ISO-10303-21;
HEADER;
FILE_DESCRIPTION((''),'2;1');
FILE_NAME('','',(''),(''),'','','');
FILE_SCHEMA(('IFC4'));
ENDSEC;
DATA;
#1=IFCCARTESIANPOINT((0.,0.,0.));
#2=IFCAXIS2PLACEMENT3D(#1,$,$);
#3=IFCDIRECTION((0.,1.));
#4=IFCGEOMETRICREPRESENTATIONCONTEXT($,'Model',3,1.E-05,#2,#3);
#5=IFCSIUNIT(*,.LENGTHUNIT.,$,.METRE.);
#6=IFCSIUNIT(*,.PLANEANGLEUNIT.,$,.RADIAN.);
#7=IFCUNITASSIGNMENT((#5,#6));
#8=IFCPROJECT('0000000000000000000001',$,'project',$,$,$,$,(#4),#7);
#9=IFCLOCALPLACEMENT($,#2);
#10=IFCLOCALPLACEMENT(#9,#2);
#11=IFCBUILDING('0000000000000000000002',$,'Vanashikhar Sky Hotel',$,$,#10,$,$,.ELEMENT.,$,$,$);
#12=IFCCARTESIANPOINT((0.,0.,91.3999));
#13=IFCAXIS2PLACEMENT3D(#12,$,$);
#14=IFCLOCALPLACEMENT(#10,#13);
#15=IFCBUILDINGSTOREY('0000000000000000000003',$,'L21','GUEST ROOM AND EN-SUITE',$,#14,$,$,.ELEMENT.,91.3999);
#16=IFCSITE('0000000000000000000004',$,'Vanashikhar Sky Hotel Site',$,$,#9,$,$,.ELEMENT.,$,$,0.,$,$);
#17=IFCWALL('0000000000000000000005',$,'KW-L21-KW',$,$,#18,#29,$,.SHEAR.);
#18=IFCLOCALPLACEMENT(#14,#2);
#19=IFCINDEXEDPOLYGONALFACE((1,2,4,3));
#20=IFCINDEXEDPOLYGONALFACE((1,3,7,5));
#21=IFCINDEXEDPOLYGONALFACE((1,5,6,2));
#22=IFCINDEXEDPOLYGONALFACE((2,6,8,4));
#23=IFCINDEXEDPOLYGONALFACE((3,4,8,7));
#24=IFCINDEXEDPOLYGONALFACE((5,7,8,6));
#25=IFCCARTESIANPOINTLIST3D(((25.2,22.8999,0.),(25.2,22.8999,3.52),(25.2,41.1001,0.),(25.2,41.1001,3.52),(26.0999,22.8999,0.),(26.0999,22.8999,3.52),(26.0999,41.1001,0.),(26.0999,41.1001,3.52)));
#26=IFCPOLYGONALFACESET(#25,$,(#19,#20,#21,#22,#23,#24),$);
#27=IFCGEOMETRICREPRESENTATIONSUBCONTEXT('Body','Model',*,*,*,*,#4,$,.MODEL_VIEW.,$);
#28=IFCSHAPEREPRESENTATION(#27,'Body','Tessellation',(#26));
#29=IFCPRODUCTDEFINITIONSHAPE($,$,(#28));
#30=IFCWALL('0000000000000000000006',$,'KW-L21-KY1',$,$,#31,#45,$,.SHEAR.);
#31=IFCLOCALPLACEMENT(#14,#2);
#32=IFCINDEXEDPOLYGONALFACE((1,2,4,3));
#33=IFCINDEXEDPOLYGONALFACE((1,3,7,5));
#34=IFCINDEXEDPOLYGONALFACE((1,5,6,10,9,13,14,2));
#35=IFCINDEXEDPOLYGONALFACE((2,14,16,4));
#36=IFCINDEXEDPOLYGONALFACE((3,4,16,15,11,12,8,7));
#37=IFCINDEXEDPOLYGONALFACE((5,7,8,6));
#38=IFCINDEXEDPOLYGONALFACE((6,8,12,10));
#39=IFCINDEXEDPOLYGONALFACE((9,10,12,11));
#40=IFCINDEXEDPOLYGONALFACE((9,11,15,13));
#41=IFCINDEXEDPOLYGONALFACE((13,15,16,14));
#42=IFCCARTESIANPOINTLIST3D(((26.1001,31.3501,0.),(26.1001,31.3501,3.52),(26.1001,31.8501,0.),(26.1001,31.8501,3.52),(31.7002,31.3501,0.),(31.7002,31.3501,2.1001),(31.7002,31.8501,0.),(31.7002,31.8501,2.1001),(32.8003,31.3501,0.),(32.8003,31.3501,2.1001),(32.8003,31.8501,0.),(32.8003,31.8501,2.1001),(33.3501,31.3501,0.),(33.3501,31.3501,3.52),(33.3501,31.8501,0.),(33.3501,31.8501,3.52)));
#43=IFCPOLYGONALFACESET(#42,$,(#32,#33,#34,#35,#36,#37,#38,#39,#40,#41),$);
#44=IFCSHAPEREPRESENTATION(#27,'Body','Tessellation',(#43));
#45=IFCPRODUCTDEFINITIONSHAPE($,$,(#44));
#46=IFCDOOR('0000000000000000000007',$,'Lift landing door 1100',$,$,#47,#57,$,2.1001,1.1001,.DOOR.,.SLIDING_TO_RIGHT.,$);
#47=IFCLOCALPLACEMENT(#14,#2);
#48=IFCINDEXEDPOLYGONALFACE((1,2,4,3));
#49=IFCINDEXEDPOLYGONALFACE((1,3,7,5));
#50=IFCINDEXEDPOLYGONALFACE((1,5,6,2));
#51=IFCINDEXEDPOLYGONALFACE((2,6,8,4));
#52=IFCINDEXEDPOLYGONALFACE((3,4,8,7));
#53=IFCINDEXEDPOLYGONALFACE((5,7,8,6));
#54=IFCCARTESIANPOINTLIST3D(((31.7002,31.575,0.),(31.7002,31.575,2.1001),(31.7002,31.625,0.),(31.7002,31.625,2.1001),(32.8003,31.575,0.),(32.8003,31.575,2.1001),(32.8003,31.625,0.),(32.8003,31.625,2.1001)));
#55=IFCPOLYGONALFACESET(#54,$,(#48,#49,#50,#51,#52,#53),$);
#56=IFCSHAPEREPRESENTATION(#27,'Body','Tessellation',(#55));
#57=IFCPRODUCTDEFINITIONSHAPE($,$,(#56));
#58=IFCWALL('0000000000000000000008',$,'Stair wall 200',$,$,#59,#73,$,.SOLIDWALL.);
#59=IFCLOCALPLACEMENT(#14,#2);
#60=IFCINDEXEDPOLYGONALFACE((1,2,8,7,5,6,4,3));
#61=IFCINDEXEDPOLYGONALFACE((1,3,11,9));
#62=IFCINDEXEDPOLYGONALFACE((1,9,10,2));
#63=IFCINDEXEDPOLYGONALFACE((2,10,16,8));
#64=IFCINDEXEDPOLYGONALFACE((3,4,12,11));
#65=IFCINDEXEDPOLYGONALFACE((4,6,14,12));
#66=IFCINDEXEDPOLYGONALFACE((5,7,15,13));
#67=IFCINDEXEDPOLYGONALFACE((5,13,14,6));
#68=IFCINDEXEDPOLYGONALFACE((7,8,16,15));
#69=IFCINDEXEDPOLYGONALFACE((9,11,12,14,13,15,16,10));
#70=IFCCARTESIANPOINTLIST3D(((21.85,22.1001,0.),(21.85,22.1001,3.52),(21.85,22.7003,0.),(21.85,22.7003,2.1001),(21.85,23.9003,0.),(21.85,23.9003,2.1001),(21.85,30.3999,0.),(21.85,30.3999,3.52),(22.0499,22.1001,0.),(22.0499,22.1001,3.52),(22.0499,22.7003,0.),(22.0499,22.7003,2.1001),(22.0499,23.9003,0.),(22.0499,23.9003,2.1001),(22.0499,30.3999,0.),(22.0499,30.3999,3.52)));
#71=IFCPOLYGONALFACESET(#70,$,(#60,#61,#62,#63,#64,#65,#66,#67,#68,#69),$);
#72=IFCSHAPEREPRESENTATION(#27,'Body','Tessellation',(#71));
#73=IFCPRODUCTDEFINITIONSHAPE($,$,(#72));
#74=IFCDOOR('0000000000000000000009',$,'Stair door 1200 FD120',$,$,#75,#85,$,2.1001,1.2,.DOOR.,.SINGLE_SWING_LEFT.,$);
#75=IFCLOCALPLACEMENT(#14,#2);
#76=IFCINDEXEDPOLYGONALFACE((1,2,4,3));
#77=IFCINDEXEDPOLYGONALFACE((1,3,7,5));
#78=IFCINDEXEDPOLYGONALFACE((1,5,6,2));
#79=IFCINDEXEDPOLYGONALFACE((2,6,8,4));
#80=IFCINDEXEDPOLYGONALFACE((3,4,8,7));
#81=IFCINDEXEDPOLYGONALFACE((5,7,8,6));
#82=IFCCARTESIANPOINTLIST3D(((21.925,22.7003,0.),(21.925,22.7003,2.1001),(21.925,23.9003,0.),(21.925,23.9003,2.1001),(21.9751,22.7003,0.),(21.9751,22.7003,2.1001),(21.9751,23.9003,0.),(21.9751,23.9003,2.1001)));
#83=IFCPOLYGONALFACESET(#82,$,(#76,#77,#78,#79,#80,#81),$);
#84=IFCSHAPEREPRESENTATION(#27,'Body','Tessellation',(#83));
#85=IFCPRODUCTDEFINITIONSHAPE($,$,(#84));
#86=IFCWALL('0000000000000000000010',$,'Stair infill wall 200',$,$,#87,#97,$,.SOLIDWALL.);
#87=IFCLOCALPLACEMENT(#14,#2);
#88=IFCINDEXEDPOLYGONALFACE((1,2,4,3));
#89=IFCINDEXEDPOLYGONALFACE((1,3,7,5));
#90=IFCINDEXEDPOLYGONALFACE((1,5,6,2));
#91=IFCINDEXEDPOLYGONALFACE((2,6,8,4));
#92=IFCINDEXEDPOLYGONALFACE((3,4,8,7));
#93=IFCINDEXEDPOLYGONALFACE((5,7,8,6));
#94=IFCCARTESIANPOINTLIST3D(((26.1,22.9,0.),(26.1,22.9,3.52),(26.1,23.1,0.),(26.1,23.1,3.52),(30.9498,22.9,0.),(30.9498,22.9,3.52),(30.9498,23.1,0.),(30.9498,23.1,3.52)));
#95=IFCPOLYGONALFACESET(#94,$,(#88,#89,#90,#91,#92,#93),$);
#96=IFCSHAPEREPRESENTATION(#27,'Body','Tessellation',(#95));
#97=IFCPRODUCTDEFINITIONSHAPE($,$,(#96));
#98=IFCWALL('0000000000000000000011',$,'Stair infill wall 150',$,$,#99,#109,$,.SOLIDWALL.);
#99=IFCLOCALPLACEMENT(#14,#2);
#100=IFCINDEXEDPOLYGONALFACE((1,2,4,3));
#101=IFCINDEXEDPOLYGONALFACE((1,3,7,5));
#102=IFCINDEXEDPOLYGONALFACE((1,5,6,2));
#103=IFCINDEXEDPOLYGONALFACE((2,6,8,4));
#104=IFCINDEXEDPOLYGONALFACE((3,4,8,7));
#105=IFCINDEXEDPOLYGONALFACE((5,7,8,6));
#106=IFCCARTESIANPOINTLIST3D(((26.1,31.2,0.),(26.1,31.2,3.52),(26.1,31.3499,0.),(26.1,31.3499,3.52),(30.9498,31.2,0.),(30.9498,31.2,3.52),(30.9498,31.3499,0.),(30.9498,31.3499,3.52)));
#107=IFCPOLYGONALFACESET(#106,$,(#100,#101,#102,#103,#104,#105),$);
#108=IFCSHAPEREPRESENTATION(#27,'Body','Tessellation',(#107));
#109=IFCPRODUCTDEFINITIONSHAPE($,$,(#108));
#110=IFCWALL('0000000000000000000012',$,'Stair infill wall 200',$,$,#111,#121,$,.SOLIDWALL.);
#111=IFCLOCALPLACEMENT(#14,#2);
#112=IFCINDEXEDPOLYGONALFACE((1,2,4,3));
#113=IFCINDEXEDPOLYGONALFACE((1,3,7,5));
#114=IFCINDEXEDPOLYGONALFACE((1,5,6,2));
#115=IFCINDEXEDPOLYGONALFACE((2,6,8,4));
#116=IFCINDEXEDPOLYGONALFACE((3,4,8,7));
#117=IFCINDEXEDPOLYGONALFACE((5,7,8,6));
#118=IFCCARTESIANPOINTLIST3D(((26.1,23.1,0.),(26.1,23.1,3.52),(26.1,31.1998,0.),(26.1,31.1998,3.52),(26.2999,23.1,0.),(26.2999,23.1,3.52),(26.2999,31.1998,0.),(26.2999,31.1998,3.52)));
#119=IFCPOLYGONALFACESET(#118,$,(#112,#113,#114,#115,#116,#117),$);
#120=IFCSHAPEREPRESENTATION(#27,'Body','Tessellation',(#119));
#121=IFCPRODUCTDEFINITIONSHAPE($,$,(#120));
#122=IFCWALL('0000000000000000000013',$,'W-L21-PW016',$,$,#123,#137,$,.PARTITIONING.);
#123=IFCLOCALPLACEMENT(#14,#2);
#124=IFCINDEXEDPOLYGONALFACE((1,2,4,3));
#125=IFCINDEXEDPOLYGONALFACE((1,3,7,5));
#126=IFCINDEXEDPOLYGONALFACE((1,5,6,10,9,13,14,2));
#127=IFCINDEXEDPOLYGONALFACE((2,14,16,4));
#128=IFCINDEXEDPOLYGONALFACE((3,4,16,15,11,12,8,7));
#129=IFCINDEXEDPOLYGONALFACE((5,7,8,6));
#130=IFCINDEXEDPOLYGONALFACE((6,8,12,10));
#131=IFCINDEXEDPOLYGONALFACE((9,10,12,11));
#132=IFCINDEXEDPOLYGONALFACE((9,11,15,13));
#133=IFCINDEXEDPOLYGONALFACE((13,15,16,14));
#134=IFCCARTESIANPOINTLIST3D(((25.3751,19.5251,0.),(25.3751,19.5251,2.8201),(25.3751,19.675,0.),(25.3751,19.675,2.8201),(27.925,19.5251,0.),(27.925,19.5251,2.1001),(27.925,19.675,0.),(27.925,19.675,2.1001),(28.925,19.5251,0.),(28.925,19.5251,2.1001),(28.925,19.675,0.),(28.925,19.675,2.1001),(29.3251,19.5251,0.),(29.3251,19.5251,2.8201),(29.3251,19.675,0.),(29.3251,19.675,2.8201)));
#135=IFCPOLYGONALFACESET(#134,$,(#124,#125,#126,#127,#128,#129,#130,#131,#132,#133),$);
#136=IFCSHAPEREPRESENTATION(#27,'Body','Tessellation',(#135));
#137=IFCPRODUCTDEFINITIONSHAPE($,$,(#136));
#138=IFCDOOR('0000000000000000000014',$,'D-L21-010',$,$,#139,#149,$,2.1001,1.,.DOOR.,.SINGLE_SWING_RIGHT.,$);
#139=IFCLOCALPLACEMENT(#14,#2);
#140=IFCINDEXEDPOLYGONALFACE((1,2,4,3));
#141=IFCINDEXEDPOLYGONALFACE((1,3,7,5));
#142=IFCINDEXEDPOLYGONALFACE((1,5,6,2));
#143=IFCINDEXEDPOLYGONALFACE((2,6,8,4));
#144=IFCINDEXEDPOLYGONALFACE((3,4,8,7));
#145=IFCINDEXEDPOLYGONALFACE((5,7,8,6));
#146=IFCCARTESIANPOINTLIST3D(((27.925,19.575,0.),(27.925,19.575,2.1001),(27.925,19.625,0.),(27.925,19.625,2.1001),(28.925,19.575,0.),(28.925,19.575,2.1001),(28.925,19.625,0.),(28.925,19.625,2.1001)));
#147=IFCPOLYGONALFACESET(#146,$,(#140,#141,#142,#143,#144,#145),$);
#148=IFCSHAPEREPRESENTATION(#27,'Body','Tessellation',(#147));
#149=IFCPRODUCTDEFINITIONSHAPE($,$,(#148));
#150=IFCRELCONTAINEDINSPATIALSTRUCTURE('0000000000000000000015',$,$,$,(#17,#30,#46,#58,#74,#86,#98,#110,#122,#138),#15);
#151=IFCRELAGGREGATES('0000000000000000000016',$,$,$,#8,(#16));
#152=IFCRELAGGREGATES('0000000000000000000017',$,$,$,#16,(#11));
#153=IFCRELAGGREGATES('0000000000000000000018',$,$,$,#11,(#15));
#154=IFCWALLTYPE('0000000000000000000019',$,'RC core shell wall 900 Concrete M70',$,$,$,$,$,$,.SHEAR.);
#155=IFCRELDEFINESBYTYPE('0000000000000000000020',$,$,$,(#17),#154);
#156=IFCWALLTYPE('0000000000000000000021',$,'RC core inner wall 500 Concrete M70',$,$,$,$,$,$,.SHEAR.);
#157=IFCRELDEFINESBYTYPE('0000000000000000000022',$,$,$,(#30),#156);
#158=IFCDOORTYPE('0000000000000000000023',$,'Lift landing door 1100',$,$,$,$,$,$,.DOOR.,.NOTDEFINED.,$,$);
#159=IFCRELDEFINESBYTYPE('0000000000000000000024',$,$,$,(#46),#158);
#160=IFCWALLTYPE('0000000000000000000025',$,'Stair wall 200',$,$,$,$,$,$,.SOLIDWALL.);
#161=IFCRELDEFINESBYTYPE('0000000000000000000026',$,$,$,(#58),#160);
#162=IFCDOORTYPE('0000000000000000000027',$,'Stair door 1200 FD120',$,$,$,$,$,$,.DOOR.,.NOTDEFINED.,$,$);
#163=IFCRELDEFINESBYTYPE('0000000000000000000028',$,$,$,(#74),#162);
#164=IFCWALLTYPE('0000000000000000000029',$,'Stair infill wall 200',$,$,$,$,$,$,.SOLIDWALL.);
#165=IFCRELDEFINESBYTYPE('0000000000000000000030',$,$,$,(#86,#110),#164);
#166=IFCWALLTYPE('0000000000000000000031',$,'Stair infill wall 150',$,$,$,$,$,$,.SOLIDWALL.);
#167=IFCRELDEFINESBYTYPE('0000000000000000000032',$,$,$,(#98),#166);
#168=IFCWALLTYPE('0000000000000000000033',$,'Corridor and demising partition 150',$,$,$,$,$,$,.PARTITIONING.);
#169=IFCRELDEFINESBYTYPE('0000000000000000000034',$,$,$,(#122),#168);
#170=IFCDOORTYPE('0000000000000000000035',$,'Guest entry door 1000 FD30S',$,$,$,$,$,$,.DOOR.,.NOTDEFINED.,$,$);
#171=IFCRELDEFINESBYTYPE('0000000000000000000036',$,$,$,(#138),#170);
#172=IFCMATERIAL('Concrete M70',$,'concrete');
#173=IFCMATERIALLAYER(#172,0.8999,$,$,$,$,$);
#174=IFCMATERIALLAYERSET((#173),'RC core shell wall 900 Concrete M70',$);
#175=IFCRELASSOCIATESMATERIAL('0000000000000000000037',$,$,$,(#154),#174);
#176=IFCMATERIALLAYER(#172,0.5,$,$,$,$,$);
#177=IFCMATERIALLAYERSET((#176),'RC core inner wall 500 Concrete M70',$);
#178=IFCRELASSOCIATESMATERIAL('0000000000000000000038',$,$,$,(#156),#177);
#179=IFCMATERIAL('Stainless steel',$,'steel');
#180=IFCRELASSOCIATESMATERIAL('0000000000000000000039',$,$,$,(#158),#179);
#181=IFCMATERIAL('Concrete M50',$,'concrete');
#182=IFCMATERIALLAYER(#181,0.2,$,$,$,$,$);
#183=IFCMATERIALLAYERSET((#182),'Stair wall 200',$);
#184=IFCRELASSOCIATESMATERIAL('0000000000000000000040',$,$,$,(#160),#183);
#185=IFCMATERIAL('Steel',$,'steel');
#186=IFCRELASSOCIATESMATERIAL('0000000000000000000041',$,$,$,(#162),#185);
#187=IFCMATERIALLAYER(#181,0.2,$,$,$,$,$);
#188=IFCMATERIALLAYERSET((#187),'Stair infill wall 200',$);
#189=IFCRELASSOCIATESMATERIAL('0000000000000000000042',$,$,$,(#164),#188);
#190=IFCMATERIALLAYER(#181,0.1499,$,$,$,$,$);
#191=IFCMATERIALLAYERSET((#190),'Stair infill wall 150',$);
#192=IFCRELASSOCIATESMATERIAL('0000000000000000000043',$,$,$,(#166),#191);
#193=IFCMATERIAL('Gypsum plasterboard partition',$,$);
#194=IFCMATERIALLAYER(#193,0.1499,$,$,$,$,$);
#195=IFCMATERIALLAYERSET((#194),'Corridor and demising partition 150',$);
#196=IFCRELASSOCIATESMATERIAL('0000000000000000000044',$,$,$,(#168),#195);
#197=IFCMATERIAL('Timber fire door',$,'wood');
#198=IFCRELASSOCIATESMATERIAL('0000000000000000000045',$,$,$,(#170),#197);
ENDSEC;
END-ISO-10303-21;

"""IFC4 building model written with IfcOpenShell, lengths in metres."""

from ifc_helpers import new_model, si_unit, direction, frame, frame_2d, origin, place, context, subcontext, project, spatial, rectangle, extrude, source, transform, mapped, material, layer, layer_set, type_object, element, fill, save


model = new_model("IFC4")

# Units and contexts
model_context = context("Model", 3, precision=1e-05, world=origin(), true_north=direction((0.0, 1.0)))
body_context = subcontext(model_context, "Body", "Model", "MODEL_VIEW")
ifc_project = project(units=[si_unit("LENGTHUNIT", "METRE"), si_unit("PLANEANGLEUNIT", "RADIAN")], contexts=[model_context])

# Site, building, storey
site_placement = place(None, origin())
site = spatial("IfcSite", under=ifc_project, at=site_placement, Name="Vanashikhar Sky Hotel Site", CompositionType="ELEMENT", RefElevation=0.0)
building_placement = place(site_placement, origin())
building = spatial("IfcBuilding", under=site, at=building_placement, Name="Vanashikhar Sky Hotel", CompositionType="ELEMENT")
storey_placement = place(building_placement, frame((0.0, 0.0, 91.3999)))
storey = spatial("IfcBuildingStorey", under=building, at=storey_placement, Name="L21", Description="GUEST ROOM AND EN-SUITE", CompositionType="ELEMENT", Elevation=91.3999)

# Shared definitions
ifc_material_1 = material(Name="Concrete M70", Category="concrete")
ifc_layer_1 = layer(ifc_material_1, 0.8999)
ifc_layer_set_1 = layer_set([ifc_layer_1], Name="RC core shell wall 900 Concrete M70")
wall_type_1 = type_object("IfcWallType", Name="RC core shell wall 900 Concrete M70", PredefinedType="SHEAR", material=ifc_layer_set_1)
ifc_material_2 = material(Name="Steel", Category="steel")

# Wall
shared_shape_1 = source(origin(), body_context, "Body", "SweptSolid", [
    extrude(rectangle(XDim=18.2002, YDim=0.8999, at=frame_2d((9.1001, 0.0))), origin(), (0.0, 0.0, 1.0), 3.52),
])
wall_1_placement = place(storey_placement, frame((25.6499, 22.8999, 0.0), z_axis=(0.0, 0.0, 1.0), x_axis=(0.0, 1.0, 0.0)))
element("IfcWall", 1, at=wall_1_placement, inside=storey, type_object=wall_type_1, Name="KW-L21-KW", PredefinedType="SHEAR", context=body_context, shape_type="MappedRepresentation", body=[
    mapped(shared_shape_1, transform((0.0, 0.0, 0.0), scale=1.0)),
])

# Walls, openings, doors
ifc_layer_2 = layer(ifc_material_1, 0.5)
ifc_layer_set_2 = layer_set([ifc_layer_2], Name="RC core inner wall 500 Concrete M70")
wall_type_2 = type_object("IfcWallType", Name="RC core inner wall 500 Concrete M70", PredefinedType="SHEAR", material=ifc_layer_set_2)
shared_shape_2 = source(origin(), body_context, "Body", "SweptSolid", [
    extrude(rectangle(XDim=7.25, YDim=0.5, at=frame_2d((3.625, 0.0))), origin(), (0.0, 0.0, 1.0), 3.52),
])
wall_2_placement = place(storey_placement, frame((26.1001, 31.6001, 0.0), z_axis=(0.0, 0.0, 1.0), x_axis=(1.0, 0.0, 0.0)))
wall_2 = element("IfcWall", 2, at=wall_2_placement, inside=storey, type_object=wall_type_2, Name="KW-L21-KY1", PredefinedType="SHEAR", context=body_context, shape_type="MappedRepresentation", body=[
    mapped(shared_shape_2, transform((0.0, 0.0, 0.0), scale=1.0)),
])
shared_shape_3 = source(origin(), body_context, "Body", "SweptSolid", [
    extrude(rectangle(XDim=1.1001, YDim=2.1001, at=frame_2d((0.55, 1.05))), frame((0.0, 0.26, 0.0), z_axis=(0.0, -1.0, 0.0), x_axis=(1.0, 0.0, 0.0)), (0.0, 0.0, 1.0), 0.52),
])
opening_1_placement = place(wall_2_placement, frame((5.6001, 0.0, 0.0)))
opening_1 = element("IfcOpeningElement", 3, at=opening_1_placement, cuts=wall_2, PredefinedType="OPENING", context=body_context, shape_type="MappedRepresentation", body=[
    mapped(shared_shape_3, transform((0.0, 0.0, 0.0), scale=1.0)),
])
ifc_material_3 = material(Name="Stainless steel", Category="steel")
door_type_1 = type_object("IfcDoorType", Name="Lift landing door 1100", OperationType="NOTDEFINED", PredefinedType="DOOR", material=ifc_material_3)
shared_shape_4 = source(origin(), body_context, "Body", "SweptSolid", [
    extrude(rectangle(XDim=1.1001, YDim=2.1001, at=frame_2d((0.55, 1.05))), frame((0.0, 0.0249, 0.0), z_axis=(0.0, -1.0, 0.0), x_axis=(1.0, 0.0, 0.0)), (0.0, 0.0, 1.0), 0.05),
])
door_1_placement = place(opening_1_placement, origin())
door_1 = element("IfcDoor", 4, at=door_1_placement, inside=storey, type_object=door_type_1, Name="Lift landing door 1100", OperationType="SLIDING_TO_RIGHT", OverallHeight=2.1001, OverallWidth=1.1001, PredefinedType="DOOR", context=body_context, shape_type="MappedRepresentation", body=[
    mapped(shared_shape_4, transform((0.0, 0.0, 0.0), scale=1.0)),
])
fill(opening_1, door_1)
ifc_material_4 = material(Name="Concrete M50", Category="concrete")
ifc_layer_3 = layer(ifc_material_4, 0.2)
ifc_layer_set_3 = layer_set([ifc_layer_3], Name="Stair wall 200")
wall_type_3 = type_object("IfcWallType", Name="Stair wall 200", PredefinedType="SOLIDWALL", material=ifc_layer_set_3)
shared_shape_5 = source(origin(), body_context, "Body", "SweptSolid", [
    extrude(rectangle(XDim=8.2998, YDim=0.2, at=frame_2d((4.1499, 0.0))), origin(), (0.0, 0.0, 1.0), 3.52),
])
wall_3_placement = place(storey_placement, frame((21.95, 22.1001, 0.0), z_axis=(0.0, 0.0, 1.0), x_axis=(0.0, 1.0, 0.0)))
wall_3 = element("IfcWall", 5, at=wall_3_placement, inside=storey, type_object=wall_type_3, Name="Stair wall 200", PredefinedType="SOLIDWALL", context=body_context, shape_type="MappedRepresentation", body=[
    mapped(shared_shape_5, transform((0.0, 0.0, 0.0), scale=1.0)),
])
shared_shape_6 = source(origin(), body_context, "Body", "SweptSolid", [
    extrude(rectangle(XDim=1.2, YDim=2.1001, at=frame_2d((0.6001, 1.05))), frame((0.0, 0.1099, 0.0), z_axis=(0.0, -1.0, 0.0), x_axis=(1.0, 0.0, 0.0)), (0.0, 0.0, 1.0), 0.22),
])
opening_2_placement = place(wall_3_placement, frame((0.6001, 0.0, 0.0)))
opening_2 = element("IfcOpeningElement", 6, at=opening_2_placement, cuts=wall_3, PredefinedType="OPENING", context=body_context, shape_type="MappedRepresentation", body=[
    mapped(shared_shape_6, transform((0.0, 0.0, 0.0), scale=1.0)),
])
door_type_2 = type_object("IfcDoorType", Name="Stair door 1200 FD120", OperationType="NOTDEFINED", PredefinedType="DOOR", material=ifc_material_2)
shared_shape_7 = source(origin(), body_context, "Body", "SweptSolid", [
    extrude(rectangle(XDim=1.2, YDim=2.1001, at=frame_2d((0.6001, 1.05))), frame((0.0, 0.0249, 0.0), z_axis=(0.0, -1.0, 0.0), x_axis=(1.0, 0.0, 0.0)), (0.0, 0.0, 1.0), 0.05),
])
door_2_placement = place(opening_2_placement, origin())
door_2 = element("IfcDoor", 7, at=door_2_placement, inside=storey, type_object=door_type_2, Name="Stair door 1200 FD120", OperationType="SINGLE_SWING_LEFT", OverallHeight=2.1001, OverallWidth=1.2, PredefinedType="DOOR", context=body_context, shape_type="MappedRepresentation", body=[
    mapped(shared_shape_7, transform((0.0, 0.0, 0.0), scale=1.0)),
])
fill(opening_2, door_2)

# Walls
ifc_layer_4 = layer(ifc_material_4, 0.2)
ifc_layer_set_4 = layer_set([ifc_layer_4], Name="Stair infill wall 200")
wall_type_4 = type_object("IfcWallType", Name="Stair infill wall 200", PredefinedType="SOLIDWALL", material=ifc_layer_set_4)
shared_shape_8 = source(origin(), body_context, "Body", "SweptSolid", [
    extrude(rectangle(XDim=4.8499, YDim=0.2, at=frame_2d((2.4248, 0.0))), origin(), (0.0, 0.0, 1.0), 3.52),
])
wall_4_placement = place(storey_placement, frame((26.1001, 23.0, 0.0), z_axis=(0.0, 0.0, 1.0), x_axis=(1.0, 0.0, 0.0)))
element("IfcWall", 8, at=wall_4_placement, inside=storey, type_object=wall_type_4, Name="Stair infill wall 200", PredefinedType="SOLIDWALL", context=body_context, shape_type="MappedRepresentation", body=[
    mapped(shared_shape_8, transform((0.0, 0.0, 0.0), scale=1.0)),
])
ifc_layer_5 = layer(ifc_material_4, 0.1499)
ifc_layer_set_5 = layer_set([ifc_layer_5], Name="Stair infill wall 150")
wall_type_5 = type_object("IfcWallType", Name="Stair infill wall 150", PredefinedType="SOLIDWALL", material=ifc_layer_set_5)
shared_shape_9 = source(origin(), body_context, "Body", "SweptSolid", [
    extrude(rectangle(XDim=4.8499, YDim=0.1499, at=frame_2d((2.4248, 0.0))), origin(), (0.0, 0.0, 1.0), 3.52),
])
wall_5_placement = place(storey_placement, frame((26.1001, 31.2749, 0.0), z_axis=(0.0, 0.0, 1.0), x_axis=(1.0, 0.0, 0.0)))
element("IfcWall", 9, at=wall_5_placement, inside=storey, type_object=wall_type_5, Name="Stair infill wall 150", PredefinedType="SOLIDWALL", context=body_context, shape_type="MappedRepresentation", body=[
    mapped(shared_shape_9, transform((0.0, 0.0, 0.0), scale=1.0)),
])
shared_shape_10 = source(origin(), body_context, "Body", "SweptSolid", [
    extrude(rectangle(XDim=8.0999, YDim=0.2, at=frame_2d((4.0498, 0.0))), origin(), (0.0, 0.0, 1.0), 3.52),
])
wall_6_placement = place(storey_placement, frame((26.2, 23.1001, 0.0), z_axis=(0.0, 0.0, 1.0), x_axis=(0.0, 1.0, 0.0)))
element("IfcWall", 10, at=wall_6_placement, inside=storey, type_object=wall_type_4, Name="Stair infill wall 200", PredefinedType="SOLIDWALL", context=body_context, shape_type="MappedRepresentation", body=[
    mapped(shared_shape_10, transform((0.0, 0.0, 0.0), scale=1.0)),
])

# Wall, opening, door
ifc_material_5 = material(Name="Gypsum plasterboard partition")
ifc_layer_6 = layer(ifc_material_5, 0.1499)
ifc_layer_set_6 = layer_set([ifc_layer_6], Name="Corridor and demising partition 150")
wall_type_6 = type_object("IfcWallType", Name="Corridor and demising partition 150", PredefinedType="PARTITIONING", material=ifc_layer_set_6)
shared_shape_11 = source(origin(), body_context, "Body", "SweptSolid", [
    extrude(rectangle(XDim=3.95, YDim=0.1499, at=frame_2d((1.9751, 0.0))), origin(), (0.0, 0.0, 1.0), 2.8201),
])
wall_7_placement = place(storey_placement, frame((25.375, 19.6001, 0.0), z_axis=(0.0, 0.0, 1.0), x_axis=(1.0, 0.0, 0.0)))
wall_7 = element("IfcWall", 11, at=wall_7_placement, inside=storey, type_object=wall_type_6, Name="W-L21-PW016", PredefinedType="PARTITIONING", context=body_context, shape_type="MappedRepresentation", body=[
    mapped(shared_shape_11, transform((0.0, 0.0, 0.0), scale=1.0)),
])
shared_shape_12 = source(origin(), body_context, "Body", "SweptSolid", [
    extrude(rectangle(XDim=1.0, YDim=2.1001, at=frame_2d((0.5, 1.05))), frame((0.0, 0.085, 0.0), z_axis=(0.0, -1.0, 0.0), x_axis=(1.0, 0.0, 0.0)), (0.0, 0.0, 1.0), 0.1699),
])
opening_3_placement = place(wall_7_placement, frame((2.55, 0.0, 0.0)))
opening_3 = element("IfcOpeningElement", 12, at=opening_3_placement, cuts=wall_7, PredefinedType="OPENING", context=body_context, shape_type="MappedRepresentation", body=[
    mapped(shared_shape_12, transform((0.0, 0.0, 0.0), scale=1.0)),
])
ifc_material_6 = material(Name="Timber fire door", Category="wood")
door_type_3 = type_object("IfcDoorType", Name="Guest entry door 1000 FD30S", OperationType="NOTDEFINED", PredefinedType="DOOR", material=ifc_material_6)
shared_shape_13 = source(origin(), body_context, "Body", "SweptSolid", [
    extrude(rectangle(XDim=1.0, YDim=2.1001, at=frame_2d((0.5, 1.05))), frame((0.0, 0.0249, 0.0), z_axis=(0.0, -1.0, 0.0), x_axis=(1.0, 0.0, 0.0)), (0.0, 0.0, 1.0), 0.05),
])
door_3_placement = place(opening_3_placement, origin())
door_3 = element("IfcDoor", 13, at=door_3_placement, inside=storey, type_object=door_type_3, Name="D-L21-010", OperationType="SINGLE_SWING_RIGHT", OverallHeight=2.1001, OverallWidth=1.0, PredefinedType="DOOR", context=body_context, shape_type="MappedRepresentation", body=[
    mapped(shared_shape_13, transform((0.0, 0.0, 0.0), scale=1.0)),
])
fill(opening_3, door_3)

save(model, "model.ifc")
